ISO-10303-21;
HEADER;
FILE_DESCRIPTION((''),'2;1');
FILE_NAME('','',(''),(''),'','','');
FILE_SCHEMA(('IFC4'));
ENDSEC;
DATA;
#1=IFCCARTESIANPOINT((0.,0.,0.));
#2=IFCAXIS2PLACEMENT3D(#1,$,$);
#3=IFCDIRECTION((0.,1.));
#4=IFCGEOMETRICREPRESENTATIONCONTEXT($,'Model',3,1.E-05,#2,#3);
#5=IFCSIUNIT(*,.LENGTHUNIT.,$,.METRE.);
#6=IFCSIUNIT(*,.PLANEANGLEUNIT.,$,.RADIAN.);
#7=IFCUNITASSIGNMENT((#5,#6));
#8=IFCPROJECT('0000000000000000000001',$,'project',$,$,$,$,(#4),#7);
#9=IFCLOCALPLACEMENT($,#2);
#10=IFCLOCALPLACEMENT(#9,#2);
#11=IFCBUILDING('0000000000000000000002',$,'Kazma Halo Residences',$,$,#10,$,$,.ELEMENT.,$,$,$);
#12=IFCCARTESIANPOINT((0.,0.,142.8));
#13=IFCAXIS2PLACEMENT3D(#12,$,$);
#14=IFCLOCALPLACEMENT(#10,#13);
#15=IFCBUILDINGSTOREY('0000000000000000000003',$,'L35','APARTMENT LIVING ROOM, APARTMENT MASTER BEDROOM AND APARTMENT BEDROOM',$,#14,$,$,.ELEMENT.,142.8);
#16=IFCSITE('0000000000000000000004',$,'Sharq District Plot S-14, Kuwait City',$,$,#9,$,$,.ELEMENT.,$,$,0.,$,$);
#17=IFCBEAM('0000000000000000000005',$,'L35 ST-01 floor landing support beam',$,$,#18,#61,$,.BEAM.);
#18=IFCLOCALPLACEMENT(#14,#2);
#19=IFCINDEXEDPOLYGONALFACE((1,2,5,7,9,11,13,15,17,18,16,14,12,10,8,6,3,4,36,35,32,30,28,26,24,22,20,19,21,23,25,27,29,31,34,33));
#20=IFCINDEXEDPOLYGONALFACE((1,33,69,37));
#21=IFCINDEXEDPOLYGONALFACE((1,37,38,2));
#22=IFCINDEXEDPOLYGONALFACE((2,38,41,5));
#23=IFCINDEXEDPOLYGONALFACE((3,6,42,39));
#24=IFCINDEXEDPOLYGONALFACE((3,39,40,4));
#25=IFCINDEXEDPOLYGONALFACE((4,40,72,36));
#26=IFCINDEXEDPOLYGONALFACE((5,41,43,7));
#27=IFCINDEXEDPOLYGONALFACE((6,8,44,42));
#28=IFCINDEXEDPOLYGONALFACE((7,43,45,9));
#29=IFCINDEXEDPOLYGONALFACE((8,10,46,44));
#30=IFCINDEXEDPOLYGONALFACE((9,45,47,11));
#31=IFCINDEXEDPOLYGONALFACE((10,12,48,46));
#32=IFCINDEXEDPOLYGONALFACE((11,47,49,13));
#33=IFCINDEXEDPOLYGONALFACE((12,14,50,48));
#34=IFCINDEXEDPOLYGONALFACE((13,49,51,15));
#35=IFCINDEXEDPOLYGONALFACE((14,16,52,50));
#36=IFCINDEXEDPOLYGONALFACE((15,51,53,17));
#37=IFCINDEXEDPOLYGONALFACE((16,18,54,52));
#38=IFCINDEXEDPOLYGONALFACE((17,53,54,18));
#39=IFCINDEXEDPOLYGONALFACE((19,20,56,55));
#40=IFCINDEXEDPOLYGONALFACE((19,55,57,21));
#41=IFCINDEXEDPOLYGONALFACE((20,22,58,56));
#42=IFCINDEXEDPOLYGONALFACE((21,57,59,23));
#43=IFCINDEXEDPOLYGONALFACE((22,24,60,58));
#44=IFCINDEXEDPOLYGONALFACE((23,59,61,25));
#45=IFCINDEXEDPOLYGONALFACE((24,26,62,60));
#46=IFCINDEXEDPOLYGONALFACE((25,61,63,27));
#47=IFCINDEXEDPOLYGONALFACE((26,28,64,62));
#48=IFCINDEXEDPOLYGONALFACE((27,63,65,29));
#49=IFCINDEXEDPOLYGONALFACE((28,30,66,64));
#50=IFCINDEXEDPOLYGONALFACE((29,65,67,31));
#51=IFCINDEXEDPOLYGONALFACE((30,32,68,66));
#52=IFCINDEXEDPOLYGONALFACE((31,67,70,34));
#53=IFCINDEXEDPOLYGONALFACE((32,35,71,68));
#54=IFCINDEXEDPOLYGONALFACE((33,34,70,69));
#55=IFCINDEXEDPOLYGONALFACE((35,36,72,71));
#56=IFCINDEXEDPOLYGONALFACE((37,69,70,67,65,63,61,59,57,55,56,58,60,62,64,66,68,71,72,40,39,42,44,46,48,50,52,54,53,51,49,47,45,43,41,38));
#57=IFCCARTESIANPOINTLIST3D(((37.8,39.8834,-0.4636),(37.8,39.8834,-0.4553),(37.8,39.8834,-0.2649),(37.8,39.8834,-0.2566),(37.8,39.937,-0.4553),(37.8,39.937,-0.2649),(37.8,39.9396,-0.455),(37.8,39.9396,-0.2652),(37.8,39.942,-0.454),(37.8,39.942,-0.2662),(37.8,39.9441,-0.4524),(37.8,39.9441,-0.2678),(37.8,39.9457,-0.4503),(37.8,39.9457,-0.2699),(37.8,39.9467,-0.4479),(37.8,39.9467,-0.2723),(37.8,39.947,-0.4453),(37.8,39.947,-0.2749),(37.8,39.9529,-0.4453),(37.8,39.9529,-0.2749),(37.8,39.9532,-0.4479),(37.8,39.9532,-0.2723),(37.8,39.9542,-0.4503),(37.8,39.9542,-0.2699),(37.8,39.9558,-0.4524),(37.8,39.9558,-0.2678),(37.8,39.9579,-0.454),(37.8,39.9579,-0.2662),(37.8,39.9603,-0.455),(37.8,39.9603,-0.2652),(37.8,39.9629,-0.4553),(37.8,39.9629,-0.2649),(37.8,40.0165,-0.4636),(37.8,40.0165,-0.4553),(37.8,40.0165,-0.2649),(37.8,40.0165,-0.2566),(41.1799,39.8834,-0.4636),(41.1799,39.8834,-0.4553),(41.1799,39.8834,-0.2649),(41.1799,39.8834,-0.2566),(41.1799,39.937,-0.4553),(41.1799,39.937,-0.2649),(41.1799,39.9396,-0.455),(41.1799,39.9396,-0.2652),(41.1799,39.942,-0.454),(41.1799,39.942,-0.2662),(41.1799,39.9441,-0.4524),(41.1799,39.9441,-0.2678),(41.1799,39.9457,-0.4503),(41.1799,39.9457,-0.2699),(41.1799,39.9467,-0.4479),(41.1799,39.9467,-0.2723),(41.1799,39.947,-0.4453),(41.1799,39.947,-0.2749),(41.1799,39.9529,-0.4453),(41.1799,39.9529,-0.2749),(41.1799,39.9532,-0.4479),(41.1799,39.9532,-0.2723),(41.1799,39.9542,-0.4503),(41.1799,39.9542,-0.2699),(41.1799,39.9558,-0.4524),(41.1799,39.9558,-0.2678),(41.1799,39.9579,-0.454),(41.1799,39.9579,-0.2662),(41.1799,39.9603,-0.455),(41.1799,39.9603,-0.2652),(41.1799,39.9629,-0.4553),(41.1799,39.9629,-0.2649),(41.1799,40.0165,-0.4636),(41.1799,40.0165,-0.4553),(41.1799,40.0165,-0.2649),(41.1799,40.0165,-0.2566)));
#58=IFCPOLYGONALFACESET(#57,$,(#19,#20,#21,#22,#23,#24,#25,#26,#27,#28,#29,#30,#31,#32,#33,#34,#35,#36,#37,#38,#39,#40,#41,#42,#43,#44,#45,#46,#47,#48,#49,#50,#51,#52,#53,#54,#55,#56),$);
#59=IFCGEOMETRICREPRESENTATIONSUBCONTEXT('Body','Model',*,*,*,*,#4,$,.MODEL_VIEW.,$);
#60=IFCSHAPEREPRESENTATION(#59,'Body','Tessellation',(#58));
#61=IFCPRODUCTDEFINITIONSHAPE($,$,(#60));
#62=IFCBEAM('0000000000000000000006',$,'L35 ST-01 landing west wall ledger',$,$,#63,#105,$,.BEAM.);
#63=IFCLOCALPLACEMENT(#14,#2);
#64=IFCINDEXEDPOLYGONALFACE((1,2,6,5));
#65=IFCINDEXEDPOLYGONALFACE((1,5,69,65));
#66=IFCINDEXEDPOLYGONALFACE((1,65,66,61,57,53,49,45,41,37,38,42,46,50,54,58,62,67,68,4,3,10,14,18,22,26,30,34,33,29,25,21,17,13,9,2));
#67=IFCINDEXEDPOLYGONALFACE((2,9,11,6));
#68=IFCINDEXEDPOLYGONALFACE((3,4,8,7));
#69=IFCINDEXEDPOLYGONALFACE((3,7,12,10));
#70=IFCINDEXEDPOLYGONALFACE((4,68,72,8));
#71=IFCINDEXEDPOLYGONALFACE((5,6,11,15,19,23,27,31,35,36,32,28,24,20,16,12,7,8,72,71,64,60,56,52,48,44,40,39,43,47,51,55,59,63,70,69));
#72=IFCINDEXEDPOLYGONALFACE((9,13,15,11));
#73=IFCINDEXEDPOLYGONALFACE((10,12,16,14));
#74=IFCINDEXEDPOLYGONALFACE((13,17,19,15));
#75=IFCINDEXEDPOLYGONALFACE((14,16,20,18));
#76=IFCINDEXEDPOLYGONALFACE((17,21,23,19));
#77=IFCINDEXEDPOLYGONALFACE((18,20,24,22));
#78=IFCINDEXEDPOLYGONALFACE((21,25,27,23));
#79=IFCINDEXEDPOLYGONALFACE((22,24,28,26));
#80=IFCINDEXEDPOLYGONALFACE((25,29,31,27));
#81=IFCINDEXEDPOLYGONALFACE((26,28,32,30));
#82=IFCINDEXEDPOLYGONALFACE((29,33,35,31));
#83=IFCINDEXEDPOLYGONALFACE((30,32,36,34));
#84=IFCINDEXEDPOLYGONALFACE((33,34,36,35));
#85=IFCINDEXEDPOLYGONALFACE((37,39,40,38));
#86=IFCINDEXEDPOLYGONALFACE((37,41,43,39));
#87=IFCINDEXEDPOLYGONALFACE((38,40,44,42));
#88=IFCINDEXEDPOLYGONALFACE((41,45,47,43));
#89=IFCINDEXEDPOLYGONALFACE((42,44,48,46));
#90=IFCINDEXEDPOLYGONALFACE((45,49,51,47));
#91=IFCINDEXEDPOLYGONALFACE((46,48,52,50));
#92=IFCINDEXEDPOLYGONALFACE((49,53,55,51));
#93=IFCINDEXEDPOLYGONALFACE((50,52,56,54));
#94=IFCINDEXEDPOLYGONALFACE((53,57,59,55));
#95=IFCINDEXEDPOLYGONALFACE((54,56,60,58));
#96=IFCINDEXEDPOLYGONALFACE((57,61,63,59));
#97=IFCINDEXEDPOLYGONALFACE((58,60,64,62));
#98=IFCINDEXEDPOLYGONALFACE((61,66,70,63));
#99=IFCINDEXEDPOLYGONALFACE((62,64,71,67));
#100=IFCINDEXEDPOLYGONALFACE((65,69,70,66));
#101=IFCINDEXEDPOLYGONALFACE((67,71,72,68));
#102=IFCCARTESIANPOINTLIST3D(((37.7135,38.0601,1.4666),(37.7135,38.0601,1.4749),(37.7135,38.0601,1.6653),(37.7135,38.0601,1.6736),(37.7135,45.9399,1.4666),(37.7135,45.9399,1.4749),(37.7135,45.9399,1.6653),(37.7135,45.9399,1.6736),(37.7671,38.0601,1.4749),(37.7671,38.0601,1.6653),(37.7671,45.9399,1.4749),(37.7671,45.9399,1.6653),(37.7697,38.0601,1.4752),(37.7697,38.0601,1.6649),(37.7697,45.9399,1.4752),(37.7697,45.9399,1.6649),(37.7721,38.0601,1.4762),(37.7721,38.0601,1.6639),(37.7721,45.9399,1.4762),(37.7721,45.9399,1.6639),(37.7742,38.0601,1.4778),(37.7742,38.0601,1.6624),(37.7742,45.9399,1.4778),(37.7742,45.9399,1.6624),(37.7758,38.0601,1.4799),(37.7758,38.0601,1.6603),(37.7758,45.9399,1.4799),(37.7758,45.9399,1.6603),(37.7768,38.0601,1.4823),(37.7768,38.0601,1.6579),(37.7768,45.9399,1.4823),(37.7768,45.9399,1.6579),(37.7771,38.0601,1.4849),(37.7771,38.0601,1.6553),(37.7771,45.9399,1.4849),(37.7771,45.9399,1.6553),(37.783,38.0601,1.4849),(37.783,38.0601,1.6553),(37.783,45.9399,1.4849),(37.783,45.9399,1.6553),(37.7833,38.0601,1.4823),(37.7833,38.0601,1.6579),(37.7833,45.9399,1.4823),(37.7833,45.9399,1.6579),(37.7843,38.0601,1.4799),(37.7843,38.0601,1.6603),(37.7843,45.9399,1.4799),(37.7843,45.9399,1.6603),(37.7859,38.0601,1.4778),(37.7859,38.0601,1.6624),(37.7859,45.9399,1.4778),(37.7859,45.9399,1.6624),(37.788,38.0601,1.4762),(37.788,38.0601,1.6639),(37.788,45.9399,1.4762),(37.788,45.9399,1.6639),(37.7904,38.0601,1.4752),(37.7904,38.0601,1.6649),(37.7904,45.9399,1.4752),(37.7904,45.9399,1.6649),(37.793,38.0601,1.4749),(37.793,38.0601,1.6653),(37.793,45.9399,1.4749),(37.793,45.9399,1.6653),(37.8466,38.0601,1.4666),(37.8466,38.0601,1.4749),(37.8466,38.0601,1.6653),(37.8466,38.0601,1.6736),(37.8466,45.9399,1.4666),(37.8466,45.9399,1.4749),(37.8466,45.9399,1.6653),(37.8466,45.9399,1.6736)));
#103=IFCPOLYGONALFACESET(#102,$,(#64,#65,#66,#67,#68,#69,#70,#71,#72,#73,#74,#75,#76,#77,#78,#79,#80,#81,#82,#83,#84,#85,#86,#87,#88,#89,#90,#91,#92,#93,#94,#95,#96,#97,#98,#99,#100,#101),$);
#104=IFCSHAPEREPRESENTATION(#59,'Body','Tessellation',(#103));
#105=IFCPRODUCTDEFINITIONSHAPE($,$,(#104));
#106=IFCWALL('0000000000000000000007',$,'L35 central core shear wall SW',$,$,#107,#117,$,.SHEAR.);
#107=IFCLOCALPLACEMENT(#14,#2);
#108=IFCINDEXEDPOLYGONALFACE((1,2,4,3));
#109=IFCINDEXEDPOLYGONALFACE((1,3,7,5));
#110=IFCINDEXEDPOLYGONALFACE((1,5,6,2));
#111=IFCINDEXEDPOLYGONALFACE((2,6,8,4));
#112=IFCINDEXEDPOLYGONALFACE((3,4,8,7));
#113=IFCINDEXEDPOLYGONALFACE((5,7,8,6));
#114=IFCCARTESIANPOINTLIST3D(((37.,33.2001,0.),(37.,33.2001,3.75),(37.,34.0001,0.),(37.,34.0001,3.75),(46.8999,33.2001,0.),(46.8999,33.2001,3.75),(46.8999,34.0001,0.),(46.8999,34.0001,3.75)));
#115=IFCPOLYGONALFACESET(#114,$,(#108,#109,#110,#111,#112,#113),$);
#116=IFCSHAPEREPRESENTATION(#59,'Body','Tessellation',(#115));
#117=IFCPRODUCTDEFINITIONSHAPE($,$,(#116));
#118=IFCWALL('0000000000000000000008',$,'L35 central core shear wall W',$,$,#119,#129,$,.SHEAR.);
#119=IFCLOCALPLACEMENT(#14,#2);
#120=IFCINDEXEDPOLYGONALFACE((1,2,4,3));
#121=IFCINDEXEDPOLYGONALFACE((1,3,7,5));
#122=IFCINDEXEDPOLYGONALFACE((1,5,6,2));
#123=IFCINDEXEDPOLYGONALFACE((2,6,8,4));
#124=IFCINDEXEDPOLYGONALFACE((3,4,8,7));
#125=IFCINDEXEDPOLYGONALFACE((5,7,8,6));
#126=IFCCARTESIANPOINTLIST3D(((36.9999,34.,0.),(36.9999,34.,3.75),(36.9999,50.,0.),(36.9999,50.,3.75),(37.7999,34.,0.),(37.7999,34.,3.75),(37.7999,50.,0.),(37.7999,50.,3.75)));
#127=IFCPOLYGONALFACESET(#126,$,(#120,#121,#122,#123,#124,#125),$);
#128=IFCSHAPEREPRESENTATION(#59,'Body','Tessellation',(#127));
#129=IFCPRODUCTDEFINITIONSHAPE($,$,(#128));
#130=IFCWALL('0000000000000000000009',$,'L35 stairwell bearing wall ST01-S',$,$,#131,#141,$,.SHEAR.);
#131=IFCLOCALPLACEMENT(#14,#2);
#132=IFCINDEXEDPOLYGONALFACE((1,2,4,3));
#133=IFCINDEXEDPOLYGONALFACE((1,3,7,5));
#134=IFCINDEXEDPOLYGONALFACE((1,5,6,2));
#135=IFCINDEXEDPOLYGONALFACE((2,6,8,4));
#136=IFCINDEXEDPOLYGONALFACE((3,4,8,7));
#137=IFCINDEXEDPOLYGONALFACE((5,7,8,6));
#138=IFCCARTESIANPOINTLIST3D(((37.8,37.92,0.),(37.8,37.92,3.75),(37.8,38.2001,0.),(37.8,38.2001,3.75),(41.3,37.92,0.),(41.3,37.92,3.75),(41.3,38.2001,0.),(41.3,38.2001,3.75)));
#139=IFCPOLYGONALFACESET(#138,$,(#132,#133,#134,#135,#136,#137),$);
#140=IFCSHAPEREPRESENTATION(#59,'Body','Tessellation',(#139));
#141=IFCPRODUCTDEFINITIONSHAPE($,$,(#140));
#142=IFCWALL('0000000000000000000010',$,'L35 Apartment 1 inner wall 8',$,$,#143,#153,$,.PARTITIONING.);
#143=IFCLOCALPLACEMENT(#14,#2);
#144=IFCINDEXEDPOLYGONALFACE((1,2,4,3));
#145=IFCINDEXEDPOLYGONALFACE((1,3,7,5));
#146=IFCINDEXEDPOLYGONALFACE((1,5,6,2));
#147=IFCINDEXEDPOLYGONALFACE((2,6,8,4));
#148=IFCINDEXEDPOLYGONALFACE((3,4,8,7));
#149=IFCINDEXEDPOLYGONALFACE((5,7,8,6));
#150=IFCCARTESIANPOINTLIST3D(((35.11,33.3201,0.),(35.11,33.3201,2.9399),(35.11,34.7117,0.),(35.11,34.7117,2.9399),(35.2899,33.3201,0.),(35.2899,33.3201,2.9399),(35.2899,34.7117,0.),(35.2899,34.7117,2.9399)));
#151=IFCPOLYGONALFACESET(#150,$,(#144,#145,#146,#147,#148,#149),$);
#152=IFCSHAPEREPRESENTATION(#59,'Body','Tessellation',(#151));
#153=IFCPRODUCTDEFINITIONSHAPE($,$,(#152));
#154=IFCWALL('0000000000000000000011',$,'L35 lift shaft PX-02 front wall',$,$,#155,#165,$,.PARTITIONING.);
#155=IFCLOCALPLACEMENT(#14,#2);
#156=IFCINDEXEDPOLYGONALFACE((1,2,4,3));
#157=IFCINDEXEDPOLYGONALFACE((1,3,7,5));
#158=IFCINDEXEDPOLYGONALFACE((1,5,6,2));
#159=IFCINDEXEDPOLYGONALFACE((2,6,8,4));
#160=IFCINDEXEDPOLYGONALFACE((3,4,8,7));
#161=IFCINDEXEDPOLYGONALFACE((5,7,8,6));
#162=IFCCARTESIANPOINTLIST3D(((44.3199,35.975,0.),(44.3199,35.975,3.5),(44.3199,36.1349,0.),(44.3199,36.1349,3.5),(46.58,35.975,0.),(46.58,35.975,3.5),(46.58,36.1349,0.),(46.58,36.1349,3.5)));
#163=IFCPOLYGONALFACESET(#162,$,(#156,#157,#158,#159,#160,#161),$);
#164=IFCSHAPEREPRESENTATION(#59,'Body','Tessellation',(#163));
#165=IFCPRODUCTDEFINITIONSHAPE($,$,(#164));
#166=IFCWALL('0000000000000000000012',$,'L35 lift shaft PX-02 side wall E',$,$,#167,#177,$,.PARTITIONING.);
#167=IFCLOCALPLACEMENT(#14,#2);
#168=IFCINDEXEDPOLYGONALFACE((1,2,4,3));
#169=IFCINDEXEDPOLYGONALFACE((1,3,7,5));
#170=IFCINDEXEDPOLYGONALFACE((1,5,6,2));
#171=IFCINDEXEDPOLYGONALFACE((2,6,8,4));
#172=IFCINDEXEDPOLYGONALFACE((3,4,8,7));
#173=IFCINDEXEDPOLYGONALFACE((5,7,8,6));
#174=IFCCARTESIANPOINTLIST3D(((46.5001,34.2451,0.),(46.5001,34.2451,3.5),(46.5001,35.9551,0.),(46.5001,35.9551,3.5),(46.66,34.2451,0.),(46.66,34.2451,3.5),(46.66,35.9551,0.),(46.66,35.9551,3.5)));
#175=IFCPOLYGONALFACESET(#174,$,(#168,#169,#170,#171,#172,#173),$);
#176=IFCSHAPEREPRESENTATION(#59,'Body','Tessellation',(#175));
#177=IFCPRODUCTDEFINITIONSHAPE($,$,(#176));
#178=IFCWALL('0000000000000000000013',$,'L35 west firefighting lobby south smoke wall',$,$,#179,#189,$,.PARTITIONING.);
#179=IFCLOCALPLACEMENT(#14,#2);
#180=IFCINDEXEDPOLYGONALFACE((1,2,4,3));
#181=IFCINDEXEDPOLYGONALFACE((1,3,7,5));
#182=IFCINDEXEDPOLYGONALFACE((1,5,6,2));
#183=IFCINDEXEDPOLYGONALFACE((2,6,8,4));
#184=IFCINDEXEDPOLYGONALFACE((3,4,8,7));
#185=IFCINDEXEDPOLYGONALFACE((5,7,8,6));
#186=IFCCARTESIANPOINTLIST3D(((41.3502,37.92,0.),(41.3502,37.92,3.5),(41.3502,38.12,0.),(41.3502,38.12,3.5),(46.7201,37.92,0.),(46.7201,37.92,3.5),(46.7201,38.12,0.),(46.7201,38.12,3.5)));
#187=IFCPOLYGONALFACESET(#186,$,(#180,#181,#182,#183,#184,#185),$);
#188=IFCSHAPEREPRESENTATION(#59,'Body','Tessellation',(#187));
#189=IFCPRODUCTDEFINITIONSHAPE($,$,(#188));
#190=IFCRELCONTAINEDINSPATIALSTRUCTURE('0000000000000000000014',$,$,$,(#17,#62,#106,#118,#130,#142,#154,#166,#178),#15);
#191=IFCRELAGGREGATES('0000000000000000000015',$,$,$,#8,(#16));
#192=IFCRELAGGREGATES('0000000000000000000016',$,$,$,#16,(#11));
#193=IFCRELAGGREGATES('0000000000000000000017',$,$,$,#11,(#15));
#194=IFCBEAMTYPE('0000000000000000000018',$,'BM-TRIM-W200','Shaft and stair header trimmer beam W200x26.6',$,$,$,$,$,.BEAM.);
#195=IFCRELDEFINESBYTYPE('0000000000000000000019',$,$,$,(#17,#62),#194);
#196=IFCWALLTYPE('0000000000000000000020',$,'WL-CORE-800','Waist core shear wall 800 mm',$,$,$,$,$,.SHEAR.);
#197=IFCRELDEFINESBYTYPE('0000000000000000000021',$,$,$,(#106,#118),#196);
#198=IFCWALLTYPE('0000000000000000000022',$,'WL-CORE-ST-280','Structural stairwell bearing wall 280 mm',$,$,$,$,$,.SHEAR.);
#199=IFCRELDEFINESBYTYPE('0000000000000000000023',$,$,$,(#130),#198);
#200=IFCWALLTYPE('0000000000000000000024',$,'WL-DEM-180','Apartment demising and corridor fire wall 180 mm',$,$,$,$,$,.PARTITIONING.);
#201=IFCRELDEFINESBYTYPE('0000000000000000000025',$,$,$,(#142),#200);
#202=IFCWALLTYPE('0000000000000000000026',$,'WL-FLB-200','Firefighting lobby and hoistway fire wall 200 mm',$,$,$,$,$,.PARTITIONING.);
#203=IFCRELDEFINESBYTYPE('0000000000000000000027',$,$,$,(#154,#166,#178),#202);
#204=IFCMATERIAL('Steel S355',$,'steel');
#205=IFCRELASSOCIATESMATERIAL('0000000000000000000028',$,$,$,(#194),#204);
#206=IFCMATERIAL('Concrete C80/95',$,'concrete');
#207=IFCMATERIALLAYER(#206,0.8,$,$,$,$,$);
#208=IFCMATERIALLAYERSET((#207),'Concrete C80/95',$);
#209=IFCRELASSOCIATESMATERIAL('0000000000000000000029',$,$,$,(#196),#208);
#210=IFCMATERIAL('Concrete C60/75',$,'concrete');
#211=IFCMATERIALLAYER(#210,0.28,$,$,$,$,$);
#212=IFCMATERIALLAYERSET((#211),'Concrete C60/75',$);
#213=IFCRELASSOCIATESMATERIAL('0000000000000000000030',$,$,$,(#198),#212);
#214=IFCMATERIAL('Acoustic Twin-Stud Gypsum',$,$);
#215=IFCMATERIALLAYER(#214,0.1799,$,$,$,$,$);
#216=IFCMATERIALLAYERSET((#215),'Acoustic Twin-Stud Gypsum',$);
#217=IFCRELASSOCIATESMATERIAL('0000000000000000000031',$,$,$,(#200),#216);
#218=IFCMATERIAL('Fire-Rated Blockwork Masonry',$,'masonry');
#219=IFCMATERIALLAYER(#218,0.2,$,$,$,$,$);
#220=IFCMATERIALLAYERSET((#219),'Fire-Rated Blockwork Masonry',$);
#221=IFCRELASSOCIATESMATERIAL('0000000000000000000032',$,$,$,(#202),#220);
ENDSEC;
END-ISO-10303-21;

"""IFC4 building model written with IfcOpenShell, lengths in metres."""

from ifc_helpers import new_model, si_unit, direction, frame, frame_2d, origin, origin_2d, place, context, subcontext, project, spatial, rectangle, i_section, extrude, material, layer, layer_set, material_profile, profile_set, type_object, element, save


model = new_model("IFC4")

# Units and contexts
model_context = context("Model", 3, precision=1e-05, world=origin(), true_north=direction((0.0, 1.0)))
body_context = subcontext(model_context, "Body", "Model", "MODEL_VIEW")
ifc_project = project(units=[si_unit("LENGTHUNIT", "METRE"), si_unit("PLANEANGLEUNIT", "RADIAN")], contexts=[model_context])

# Site, building, storey
site_placement = place(None, origin())
site = spatial("IfcSite", under=ifc_project, at=site_placement, Name="Sharq District Plot S-14, Kuwait City", CompositionType="ELEMENT", RefElevation=0.0)
building_placement = place(site_placement, origin())
building = spatial("IfcBuilding", under=site, at=building_placement, Name="Kazma Halo Residences", CompositionType="ELEMENT")
storey_placement = place(building_placement, frame((0.0, 0.0, 142.8)))
storey = spatial("IfcBuildingStorey", under=building, at=storey_placement, Name="L35", Description="APARTMENT LIVING ROOM, APARTMENT MASTER BEDROOM AND APARTMENT BEDROOM", CompositionType="ELEMENT", Elevation=142.8)

# Beams
ifc_material_1 = material(Name="Steel S355", Category="steel")
ifc_material_profile_1 = material_profile(ifc_material_1, i_section(OverallWidth=0.1331, OverallDepth=0.207, WebThickness=0.0059, FlangeThickness=0.0083, FilletRadius=0.01, at=origin_2d()), Name="W200x26.6")
ifc_profile_set_1 = profile_set([ifc_material_profile_1], Name="Steel S355")
beam_type_1 = type_object("IfcBeamType", Name="BM-TRIM-W200", Description="Shaft and stair header trimmer beam W200x26.6", PredefinedType="BEAM", material=ifc_profile_set_1)
beam_1_placement = place(storey_placement, frame((37.8, 39.95, -0.3601), z_axis=(1.0, 0.0, 0.0), x_axis=(0.0, 1.0, 0.0)))
element("IfcBeam", 1, at=beam_1_placement, inside=storey, type_object=beam_type_1, Name="L35 ST-01 floor landing support beam", PredefinedType="BEAM", context=body_context, shape_type="SweptSolid", body=[
    extrude(i_section(OverallWidth=0.1331, OverallDepth=0.207, WebThickness=0.0059, FlangeThickness=0.0083, FilletRadius=0.01, at=origin_2d()), origin(), (0.0, 0.0, 1.0), 3.3799),
])
beam_2_placement = place(storey_placement, frame((37.78, 38.0601, 1.5701), z_axis=(0.0, 1.0, 0.0), x_axis=(-1.0, 0.0, 0.0)))
element("IfcBeam", 2, at=beam_2_placement, inside=storey, type_object=beam_type_1, Name="L35 ST-01 landing west wall ledger", PredefinedType="BEAM", context=body_context, shape_type="SweptSolid", body=[
    extrude(i_section(OverallWidth=0.1331, OverallDepth=0.207, WebThickness=0.0059, FlangeThickness=0.0083, FilletRadius=0.01, at=origin_2d()), origin(), (0.0, 0.0, 1.0), 7.8799),
])

# Walls
ifc_material_2 = material(Name="Concrete C80/95", Category="concrete")
ifc_layer_1 = layer(ifc_material_2, 0.8)
ifc_layer_set_1 = layer_set([ifc_layer_1], Name="Concrete C80/95")
wall_type_1 = type_object("IfcWallType", Name="WL-CORE-800", Description="Waist core shear wall 800 mm", PredefinedType="SHEAR", material=ifc_layer_set_1)
wall_1_placement = place(storey_placement, frame((37.0, 33.6001, 0.0), z_axis=(0.0, 0.0, 1.0), x_axis=(1.0, 0.0, 0.0)))
element("IfcWall", 3, at=wall_1_placement, inside=storey, type_object=wall_type_1, Name="L35 central core shear wall SW", PredefinedType="SHEAR", context=body_context, shape_type="SweptSolid", body=[
    extrude(rectangle(XDim=9.8999, YDim=0.8, at=frame_2d((4.95, 0.0))), origin(), (0.0, 0.0, 1.0), 3.75),
])
wall_2_placement = place(storey_placement, frame((37.3999, 34.0, 0.0), z_axis=(0.0, 0.0, 1.0), x_axis=(0.0, 1.0, 0.0)))
element("IfcWall", 4, at=wall_2_placement, inside=storey, type_object=wall_type_1, Name="L35 central core shear wall W", PredefinedType="SHEAR", context=body_context, shape_type="SweptSolid", body=[
    extrude(rectangle(XDim=16.0, YDim=0.8, at=frame_2d((8.0, 0.0))), origin(), (0.0, 0.0, 1.0), 3.75),
])
ifc_material_3 = material(Name="Concrete C60/75", Category="concrete")
ifc_layer_2 = layer(ifc_material_3, 0.28)
ifc_layer_set_2 = layer_set([ifc_layer_2], Name="Concrete C60/75")
wall_type_2 = type_object("IfcWallType", Name="WL-CORE-ST-280", Description="Structural stairwell bearing wall 280 mm", PredefinedType="SHEAR", material=ifc_layer_set_2)
wall_3_placement = place(storey_placement, frame((37.8, 38.0601, 0.0), z_axis=(0.0, 0.0, 1.0), x_axis=(1.0, 0.0, 0.0)))
element("IfcWall", 5, at=wall_3_placement, inside=storey, type_object=wall_type_2, Name="L35 stairwell bearing wall ST01-S", PredefinedType="SHEAR", context=body_context, shape_type="SweptSolid", body=[
    extrude(rectangle(XDim=3.5, YDim=0.28, at=frame_2d((1.75, 0.0))), origin(), (0.0, 0.0, 1.0), 3.75),
])
ifc_material_4 = material(Name="Acoustic Twin-Stud Gypsum")
ifc_layer_3 = layer(ifc_material_4, 0.1799)
ifc_layer_set_3 = layer_set([ifc_layer_3], Name="Acoustic Twin-Stud Gypsum")
wall_type_3 = type_object("IfcWallType", Name="WL-DEM-180", Description="Apartment demising and corridor fire wall 180 mm", PredefinedType="PARTITIONING", material=ifc_layer_set_3)
wall_4_placement = place(storey_placement, frame((35.2, 34.7117, 0.0), z_axis=(0.0, 0.0, 1.0), x_axis=(0.0, -1.0, 0.0)))
element("IfcWall", 6, at=wall_4_placement, inside=storey, type_object=wall_type_3, Name="L35 Apartment 1 inner wall 8", PredefinedType="PARTITIONING", context=body_context, shape_type="SweptSolid", body=[
    extrude(rectangle(XDim=1.3916, YDim=0.1799, at=frame_2d((0.6958, 0.0))), origin(), (0.0, 0.0, 1.0), 2.9399),
])
ifc_material_5 = material(Name="Fire-Rated Blockwork Masonry", Category="masonry")
ifc_layer_4 = layer(ifc_material_5, 0.2)
ifc_layer_set_4 = layer_set([ifc_layer_4], Name="Fire-Rated Blockwork Masonry")
wall_type_4 = type_object("IfcWallType", Name="WL-FLB-200", Description="Firefighting lobby and hoistway fire wall 200 mm", PredefinedType="PARTITIONING", material=ifc_layer_set_4)
wall_5_placement = place(storey_placement, frame((44.3201, 36.0549, 0.0), z_axis=(0.0, 0.0, 1.0), x_axis=(1.0, 0.0, 0.0)))
element("IfcWall", 7, at=wall_5_placement, inside=storey, type_object=wall_type_4, Name="L35 lift shaft PX-02 front wall", PredefinedType="PARTITIONING", context=body_context, shape_type="SweptSolid", body=[
    extrude(rectangle(XDim=2.26, YDim=0.1599, at=frame_2d((1.1299, 0.0))), origin(), (0.0, 0.0, 1.0), 3.5),
])
wall_6_placement = place(storey_placement, frame((46.5801, 34.2451, 0.0), z_axis=(0.0, 0.0, 1.0), x_axis=(0.0, 1.0, 0.0)))
element("IfcWall", 8, at=wall_6_placement, inside=storey, type_object=wall_type_4, Name="L35 lift shaft PX-02 side wall E", PredefinedType="PARTITIONING", context=body_context, shape_type="SweptSolid", body=[
    extrude(rectangle(XDim=1.71, YDim=0.1599, at=frame_2d((0.855, 0.0))), origin(), (0.0, 0.0, 1.0), 3.5),
])
wall_7_placement = place(storey_placement, frame((41.3501, 38.02, 0.0), z_axis=(0.0, 0.0, 1.0), x_axis=(1.0, 0.0, 0.0)))
element("IfcWall", 9, at=wall_7_placement, inside=storey, type_object=wall_type_4, Name="L35 west firefighting lobby south smoke wall", PredefinedType="PARTITIONING", context=body_context, shape_type="SweptSolid", body=[
    extrude(rectangle(XDim=5.3699, YDim=0.2, at=frame_2d((2.6851, 0.0))), origin(), (0.0, 0.0, 1.0), 3.5),
])

save(model, "model.ifc")
